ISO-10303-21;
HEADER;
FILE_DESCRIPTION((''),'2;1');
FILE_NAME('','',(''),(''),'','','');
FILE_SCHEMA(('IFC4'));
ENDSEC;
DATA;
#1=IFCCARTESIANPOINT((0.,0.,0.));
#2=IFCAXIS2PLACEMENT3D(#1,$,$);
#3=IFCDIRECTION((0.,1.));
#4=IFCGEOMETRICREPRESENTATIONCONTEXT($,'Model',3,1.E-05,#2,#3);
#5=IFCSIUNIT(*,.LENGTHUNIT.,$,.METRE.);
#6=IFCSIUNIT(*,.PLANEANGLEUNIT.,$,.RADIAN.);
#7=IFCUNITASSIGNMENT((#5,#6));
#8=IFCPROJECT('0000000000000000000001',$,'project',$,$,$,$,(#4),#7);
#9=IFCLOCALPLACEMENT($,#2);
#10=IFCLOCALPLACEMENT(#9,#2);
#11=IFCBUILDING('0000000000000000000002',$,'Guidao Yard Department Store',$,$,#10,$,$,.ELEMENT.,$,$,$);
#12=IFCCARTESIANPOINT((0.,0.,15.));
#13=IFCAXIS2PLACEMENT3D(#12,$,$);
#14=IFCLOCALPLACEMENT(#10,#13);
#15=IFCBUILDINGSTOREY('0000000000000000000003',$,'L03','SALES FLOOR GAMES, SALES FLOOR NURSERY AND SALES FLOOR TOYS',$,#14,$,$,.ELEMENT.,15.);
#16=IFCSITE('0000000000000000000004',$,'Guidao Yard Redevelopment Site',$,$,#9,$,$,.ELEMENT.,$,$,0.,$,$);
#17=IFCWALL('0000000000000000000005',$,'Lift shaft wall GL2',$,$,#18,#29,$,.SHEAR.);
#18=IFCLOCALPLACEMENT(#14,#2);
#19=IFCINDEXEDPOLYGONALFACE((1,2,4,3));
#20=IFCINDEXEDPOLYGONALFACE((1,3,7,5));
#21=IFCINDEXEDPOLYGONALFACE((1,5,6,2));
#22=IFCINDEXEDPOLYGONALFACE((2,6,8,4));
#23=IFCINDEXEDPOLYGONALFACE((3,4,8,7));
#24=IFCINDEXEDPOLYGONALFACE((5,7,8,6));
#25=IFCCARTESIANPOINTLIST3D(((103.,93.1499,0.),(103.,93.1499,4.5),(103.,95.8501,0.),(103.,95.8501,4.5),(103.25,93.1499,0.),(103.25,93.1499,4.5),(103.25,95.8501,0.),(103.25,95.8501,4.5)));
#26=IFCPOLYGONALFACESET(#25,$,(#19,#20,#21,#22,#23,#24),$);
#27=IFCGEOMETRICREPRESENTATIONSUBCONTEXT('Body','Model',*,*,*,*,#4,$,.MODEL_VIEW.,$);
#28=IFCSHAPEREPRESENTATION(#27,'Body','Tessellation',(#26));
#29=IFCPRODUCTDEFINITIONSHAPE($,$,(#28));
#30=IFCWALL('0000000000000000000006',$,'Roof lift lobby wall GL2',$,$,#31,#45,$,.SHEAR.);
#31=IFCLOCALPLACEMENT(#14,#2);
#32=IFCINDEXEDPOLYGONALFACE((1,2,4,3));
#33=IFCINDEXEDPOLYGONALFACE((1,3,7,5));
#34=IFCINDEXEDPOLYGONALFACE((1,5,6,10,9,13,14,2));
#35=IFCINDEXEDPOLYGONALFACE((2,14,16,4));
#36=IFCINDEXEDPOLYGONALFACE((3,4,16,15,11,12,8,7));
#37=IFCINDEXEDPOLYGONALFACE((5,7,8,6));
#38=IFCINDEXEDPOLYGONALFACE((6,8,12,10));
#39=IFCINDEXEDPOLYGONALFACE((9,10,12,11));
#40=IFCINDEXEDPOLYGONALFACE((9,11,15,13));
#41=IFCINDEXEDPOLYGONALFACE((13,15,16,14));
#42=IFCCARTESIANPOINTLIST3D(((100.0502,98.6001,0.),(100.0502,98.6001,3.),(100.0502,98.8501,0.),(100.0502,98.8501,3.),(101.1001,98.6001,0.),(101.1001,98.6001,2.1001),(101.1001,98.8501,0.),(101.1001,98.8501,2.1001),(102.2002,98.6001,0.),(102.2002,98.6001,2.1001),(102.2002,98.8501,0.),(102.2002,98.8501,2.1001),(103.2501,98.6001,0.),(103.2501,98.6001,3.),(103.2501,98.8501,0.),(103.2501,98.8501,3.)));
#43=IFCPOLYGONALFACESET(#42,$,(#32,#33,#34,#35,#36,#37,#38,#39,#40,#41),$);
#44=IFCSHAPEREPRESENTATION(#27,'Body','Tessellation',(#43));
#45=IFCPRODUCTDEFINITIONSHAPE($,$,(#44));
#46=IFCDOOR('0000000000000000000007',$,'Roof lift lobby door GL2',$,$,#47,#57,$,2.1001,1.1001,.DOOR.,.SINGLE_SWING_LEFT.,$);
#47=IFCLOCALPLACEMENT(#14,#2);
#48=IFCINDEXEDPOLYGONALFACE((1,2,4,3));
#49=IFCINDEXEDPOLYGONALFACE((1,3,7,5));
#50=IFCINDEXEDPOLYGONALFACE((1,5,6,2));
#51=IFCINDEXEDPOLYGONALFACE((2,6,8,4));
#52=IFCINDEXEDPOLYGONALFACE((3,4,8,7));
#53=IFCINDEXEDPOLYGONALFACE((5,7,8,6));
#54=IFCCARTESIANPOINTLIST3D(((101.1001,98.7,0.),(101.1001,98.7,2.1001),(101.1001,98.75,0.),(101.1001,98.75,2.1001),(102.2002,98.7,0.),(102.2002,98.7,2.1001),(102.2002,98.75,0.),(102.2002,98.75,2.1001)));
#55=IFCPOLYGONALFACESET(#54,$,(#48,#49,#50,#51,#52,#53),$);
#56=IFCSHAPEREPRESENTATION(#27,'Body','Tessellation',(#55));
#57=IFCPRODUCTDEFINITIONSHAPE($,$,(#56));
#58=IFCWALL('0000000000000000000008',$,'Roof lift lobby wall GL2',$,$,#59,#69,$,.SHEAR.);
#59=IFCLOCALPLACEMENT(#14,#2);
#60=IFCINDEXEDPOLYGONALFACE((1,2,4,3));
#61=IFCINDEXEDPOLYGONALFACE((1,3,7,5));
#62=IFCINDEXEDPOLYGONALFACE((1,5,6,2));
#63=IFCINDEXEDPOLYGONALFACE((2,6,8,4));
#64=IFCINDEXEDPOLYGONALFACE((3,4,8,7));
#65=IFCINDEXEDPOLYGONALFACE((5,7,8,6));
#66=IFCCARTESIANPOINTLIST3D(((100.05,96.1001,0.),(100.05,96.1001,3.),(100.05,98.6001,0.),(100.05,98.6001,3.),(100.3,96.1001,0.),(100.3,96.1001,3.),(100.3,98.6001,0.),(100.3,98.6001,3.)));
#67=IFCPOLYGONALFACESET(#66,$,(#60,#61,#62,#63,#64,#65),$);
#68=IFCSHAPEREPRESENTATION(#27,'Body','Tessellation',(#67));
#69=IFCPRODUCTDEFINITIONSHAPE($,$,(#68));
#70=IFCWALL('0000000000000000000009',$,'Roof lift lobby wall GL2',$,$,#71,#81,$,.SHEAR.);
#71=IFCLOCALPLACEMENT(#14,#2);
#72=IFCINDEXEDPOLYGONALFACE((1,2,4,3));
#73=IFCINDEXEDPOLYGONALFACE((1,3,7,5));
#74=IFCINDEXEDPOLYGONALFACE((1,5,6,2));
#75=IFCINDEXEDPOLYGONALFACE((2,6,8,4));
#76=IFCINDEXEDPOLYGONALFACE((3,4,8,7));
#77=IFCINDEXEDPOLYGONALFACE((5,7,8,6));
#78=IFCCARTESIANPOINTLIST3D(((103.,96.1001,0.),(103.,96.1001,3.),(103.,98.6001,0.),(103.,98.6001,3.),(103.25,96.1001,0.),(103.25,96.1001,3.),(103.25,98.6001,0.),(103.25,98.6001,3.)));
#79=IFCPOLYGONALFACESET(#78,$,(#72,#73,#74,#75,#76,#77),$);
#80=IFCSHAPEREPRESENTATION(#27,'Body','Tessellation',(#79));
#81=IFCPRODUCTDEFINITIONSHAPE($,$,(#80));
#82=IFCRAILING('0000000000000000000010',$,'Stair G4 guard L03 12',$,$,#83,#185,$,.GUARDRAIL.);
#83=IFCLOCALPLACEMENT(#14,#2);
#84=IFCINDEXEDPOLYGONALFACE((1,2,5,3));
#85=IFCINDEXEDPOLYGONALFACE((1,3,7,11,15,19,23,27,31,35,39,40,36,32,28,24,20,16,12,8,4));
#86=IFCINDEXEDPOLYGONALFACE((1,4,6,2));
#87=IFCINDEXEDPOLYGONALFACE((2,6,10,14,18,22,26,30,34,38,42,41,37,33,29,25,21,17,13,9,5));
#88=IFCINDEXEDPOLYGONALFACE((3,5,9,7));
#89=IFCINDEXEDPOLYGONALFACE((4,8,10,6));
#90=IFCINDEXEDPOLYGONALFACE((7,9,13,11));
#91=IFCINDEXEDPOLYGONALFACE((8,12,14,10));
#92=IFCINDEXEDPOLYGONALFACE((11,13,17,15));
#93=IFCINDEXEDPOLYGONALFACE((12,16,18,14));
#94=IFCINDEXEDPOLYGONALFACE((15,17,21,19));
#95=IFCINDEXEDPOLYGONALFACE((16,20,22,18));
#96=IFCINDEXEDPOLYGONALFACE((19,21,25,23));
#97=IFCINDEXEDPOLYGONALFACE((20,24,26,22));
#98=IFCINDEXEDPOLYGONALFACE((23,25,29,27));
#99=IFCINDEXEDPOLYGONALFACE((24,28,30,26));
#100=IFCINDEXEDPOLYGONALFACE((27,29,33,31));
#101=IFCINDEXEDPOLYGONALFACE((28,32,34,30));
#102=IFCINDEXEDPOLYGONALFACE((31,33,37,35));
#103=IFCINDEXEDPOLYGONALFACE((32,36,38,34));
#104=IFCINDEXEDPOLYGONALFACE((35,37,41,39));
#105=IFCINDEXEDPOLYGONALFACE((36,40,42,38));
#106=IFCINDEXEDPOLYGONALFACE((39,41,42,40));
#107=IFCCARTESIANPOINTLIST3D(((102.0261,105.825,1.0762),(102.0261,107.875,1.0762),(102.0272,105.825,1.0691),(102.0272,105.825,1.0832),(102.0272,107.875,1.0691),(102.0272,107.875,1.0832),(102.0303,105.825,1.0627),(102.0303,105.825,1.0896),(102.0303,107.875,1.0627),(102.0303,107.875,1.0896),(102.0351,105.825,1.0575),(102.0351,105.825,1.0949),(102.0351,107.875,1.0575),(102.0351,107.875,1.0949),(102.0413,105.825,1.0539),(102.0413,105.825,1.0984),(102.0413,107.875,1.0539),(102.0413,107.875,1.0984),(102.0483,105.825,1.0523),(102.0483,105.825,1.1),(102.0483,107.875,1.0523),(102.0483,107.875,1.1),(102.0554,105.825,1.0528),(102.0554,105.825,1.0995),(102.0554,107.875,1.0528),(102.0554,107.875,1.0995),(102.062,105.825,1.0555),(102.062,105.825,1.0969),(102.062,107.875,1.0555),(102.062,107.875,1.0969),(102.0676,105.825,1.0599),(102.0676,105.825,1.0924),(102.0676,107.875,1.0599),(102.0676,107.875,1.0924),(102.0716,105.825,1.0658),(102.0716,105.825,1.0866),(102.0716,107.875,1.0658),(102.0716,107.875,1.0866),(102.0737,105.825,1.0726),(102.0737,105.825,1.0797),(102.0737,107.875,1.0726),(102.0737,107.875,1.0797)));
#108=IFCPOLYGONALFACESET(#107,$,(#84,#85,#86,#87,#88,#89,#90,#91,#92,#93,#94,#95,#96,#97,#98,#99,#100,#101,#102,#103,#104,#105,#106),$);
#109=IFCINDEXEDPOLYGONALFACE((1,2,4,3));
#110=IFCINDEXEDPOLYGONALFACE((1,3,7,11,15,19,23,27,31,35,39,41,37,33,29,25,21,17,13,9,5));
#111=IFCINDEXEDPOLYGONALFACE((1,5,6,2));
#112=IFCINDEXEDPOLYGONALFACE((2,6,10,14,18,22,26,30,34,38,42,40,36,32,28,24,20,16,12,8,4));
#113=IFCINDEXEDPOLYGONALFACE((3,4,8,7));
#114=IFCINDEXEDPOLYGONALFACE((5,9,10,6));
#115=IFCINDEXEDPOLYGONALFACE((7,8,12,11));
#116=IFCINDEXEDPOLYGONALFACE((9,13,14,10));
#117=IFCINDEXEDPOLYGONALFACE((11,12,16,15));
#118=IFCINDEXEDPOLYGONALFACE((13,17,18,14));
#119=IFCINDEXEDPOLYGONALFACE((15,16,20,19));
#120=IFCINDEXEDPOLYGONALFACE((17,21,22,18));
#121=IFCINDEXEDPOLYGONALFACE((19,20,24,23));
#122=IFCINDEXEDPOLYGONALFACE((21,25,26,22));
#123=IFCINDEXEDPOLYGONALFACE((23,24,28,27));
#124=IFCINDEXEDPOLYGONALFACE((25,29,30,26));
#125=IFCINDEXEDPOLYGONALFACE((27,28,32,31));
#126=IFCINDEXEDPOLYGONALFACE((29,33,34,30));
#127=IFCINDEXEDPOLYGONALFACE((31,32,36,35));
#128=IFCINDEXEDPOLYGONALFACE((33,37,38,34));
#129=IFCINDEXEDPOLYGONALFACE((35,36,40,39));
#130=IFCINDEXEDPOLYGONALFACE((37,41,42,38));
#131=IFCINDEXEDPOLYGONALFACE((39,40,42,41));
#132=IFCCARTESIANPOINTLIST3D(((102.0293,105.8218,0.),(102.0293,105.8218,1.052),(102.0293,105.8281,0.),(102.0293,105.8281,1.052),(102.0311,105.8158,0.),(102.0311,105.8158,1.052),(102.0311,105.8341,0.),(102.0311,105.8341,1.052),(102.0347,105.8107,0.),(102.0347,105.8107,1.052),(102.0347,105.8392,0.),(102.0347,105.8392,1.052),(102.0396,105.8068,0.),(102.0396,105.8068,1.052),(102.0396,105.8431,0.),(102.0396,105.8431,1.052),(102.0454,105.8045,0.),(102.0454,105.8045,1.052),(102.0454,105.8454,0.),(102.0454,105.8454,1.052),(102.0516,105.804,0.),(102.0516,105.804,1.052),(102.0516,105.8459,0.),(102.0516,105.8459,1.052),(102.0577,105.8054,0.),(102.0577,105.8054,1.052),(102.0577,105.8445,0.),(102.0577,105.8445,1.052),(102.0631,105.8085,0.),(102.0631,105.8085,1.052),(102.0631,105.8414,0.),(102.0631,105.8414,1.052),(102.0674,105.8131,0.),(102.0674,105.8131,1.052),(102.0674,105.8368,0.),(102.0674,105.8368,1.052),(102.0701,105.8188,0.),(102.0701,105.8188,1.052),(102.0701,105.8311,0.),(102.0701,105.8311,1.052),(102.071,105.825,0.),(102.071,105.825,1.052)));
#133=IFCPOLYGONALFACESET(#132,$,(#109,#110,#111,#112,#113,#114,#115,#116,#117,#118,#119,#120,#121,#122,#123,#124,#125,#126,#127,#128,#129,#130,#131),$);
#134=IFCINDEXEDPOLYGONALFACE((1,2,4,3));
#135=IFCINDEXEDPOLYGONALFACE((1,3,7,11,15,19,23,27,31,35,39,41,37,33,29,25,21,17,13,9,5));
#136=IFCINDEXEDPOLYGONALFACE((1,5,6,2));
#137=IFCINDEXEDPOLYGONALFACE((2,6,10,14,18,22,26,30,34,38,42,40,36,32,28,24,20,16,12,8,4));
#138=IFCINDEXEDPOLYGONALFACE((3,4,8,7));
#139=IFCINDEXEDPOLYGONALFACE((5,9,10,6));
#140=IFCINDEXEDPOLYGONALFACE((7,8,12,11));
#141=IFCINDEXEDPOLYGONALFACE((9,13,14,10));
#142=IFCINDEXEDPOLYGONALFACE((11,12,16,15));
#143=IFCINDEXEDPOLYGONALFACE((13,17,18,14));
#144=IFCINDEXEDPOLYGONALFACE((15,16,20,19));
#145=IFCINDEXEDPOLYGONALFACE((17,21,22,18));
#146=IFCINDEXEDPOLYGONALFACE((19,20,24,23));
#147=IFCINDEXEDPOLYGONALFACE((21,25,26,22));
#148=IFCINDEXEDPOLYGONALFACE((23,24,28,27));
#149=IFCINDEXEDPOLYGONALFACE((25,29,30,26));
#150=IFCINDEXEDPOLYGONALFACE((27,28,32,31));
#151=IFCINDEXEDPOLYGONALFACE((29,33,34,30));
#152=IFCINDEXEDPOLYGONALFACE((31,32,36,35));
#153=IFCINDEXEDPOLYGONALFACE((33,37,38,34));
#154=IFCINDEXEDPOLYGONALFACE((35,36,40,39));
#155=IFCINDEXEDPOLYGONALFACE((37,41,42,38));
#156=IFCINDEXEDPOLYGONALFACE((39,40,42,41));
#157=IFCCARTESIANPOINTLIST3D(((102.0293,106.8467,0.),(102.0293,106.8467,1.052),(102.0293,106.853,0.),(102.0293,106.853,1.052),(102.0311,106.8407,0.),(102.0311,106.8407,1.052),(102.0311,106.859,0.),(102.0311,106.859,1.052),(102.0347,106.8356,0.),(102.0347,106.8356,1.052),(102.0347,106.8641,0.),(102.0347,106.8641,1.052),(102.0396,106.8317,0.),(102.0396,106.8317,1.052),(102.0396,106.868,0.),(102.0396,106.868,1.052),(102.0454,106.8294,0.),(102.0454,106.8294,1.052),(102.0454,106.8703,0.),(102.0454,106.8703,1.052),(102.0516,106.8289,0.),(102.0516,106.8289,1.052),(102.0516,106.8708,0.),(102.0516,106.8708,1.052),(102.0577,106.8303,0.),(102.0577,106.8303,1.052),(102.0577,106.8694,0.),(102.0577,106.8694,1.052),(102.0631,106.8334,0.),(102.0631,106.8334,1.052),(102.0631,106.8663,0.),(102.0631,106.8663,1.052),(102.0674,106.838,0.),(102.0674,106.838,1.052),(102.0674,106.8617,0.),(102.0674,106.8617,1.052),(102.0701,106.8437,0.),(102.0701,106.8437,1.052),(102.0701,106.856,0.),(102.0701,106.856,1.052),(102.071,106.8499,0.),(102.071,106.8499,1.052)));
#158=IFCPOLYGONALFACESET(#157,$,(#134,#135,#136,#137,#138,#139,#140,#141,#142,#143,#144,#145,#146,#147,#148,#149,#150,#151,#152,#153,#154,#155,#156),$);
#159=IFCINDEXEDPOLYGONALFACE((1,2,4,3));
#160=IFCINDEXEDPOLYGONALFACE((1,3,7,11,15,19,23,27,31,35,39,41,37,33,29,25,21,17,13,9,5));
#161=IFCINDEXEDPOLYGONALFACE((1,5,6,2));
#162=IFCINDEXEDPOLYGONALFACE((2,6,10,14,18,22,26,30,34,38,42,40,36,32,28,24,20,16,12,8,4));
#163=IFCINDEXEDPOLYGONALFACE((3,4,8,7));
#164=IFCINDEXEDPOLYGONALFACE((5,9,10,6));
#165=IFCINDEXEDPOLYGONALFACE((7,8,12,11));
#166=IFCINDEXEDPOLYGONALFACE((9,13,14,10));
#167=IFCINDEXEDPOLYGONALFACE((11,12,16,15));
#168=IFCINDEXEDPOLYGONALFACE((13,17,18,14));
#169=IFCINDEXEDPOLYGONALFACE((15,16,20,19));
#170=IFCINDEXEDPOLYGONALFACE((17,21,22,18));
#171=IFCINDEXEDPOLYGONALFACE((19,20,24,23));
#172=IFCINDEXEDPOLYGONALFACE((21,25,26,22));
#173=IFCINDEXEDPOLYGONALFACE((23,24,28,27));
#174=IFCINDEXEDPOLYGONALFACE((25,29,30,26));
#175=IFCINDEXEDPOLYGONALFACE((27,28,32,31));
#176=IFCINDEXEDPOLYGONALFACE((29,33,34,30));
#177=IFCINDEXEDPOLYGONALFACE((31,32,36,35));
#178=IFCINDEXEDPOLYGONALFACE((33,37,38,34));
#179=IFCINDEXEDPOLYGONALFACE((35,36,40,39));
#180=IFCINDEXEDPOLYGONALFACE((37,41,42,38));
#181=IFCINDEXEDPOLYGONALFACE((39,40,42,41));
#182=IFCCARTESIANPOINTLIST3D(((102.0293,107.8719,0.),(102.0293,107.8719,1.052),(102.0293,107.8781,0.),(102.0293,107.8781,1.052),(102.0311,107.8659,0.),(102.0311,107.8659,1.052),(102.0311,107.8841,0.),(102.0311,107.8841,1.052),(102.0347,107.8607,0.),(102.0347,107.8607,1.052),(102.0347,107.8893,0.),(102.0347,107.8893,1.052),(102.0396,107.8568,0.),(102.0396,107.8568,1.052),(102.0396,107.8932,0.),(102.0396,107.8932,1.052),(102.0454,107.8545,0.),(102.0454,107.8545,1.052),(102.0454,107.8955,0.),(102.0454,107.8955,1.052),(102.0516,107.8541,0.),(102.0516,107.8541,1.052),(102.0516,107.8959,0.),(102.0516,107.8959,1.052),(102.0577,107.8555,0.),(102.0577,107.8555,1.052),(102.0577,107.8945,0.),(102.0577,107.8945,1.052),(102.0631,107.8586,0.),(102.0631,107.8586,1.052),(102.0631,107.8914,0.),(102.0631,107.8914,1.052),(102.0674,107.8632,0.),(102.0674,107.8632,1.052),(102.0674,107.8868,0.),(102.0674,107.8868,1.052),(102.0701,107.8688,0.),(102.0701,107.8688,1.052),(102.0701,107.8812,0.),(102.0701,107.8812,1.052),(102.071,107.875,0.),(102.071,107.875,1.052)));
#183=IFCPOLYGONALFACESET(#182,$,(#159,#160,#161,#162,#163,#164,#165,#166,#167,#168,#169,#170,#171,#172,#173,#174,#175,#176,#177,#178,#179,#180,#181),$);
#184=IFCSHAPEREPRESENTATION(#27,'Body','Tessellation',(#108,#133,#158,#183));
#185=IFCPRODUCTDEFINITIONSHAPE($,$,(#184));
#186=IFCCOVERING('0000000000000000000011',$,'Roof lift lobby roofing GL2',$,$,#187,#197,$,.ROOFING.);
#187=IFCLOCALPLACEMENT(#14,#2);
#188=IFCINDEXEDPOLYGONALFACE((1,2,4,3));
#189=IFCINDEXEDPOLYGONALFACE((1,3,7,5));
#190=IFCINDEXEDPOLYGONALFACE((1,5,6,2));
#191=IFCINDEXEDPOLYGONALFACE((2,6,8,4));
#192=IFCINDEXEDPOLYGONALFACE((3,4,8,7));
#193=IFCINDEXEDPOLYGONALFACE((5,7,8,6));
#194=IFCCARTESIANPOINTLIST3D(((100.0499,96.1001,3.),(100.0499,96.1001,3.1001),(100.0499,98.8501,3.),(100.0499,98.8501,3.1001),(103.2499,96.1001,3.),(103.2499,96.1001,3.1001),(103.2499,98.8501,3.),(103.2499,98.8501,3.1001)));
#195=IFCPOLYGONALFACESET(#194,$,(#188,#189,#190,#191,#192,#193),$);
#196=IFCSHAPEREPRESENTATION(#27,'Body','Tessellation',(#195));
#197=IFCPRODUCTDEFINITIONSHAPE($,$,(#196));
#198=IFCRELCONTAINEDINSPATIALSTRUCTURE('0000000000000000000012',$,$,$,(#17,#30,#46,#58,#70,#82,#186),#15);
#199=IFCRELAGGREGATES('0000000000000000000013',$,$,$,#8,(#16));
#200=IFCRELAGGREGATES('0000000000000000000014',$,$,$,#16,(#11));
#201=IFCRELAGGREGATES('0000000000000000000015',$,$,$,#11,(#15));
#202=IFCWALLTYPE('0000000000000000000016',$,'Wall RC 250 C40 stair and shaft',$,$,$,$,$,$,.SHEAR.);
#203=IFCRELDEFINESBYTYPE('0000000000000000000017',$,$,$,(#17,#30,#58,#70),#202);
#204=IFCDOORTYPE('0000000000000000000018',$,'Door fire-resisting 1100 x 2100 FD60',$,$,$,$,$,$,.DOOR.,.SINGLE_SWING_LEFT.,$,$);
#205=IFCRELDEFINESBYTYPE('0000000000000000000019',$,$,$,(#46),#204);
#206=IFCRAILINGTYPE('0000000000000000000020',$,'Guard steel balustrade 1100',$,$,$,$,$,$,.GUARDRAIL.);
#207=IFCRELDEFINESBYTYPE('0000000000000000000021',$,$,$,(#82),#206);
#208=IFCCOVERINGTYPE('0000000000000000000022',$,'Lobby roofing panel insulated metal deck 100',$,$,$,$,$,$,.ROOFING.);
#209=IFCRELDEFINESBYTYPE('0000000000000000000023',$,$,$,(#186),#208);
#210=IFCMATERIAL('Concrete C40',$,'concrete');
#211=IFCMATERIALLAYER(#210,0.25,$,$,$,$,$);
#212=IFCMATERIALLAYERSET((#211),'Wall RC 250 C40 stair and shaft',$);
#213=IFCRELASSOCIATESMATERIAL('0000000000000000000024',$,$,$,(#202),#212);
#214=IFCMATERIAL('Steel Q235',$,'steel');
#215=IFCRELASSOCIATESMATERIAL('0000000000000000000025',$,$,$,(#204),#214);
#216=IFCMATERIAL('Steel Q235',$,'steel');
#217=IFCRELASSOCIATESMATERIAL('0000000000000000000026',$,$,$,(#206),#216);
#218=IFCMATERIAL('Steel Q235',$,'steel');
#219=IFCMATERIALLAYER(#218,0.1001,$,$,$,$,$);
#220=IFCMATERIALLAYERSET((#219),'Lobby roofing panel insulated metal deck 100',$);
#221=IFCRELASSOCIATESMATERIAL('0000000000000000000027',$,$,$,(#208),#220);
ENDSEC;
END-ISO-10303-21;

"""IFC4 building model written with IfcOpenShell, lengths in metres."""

from ifc_helpers import new_model, si_unit, direction, frame, frame_2d, origin, origin_2d, place, context, subcontext, project, spatial, rectangle, circle, extrude, material, layer, layer_set, type_object, element, fill, save


model = new_model("IFC4")

# Units and contexts
model_context = context("Model", 3, precision=1e-05, world=origin(), true_north=direction((0.0, 1.0)))
body_context = subcontext(model_context, "Body", "Model", "MODEL_VIEW")
ifc_project = project(units=[si_unit("LENGTHUNIT", "METRE"), si_unit("PLANEANGLEUNIT", "RADIAN")], contexts=[model_context])

# Site, building, storey
site_placement = place(None, origin())
site = spatial("IfcSite", under=ifc_project, at=site_placement, Name="Guidao Yard Redevelopment Site", CompositionType="ELEMENT", RefElevation=0.0)
building_placement = place(site_placement, origin())
building = spatial("IfcBuilding", under=site, at=building_placement, Name="Guidao Yard Department Store", CompositionType="ELEMENT")
storey_placement = place(building_placement, frame((0.0, 0.0, 15.0)))
storey = spatial("IfcBuildingStorey", under=building, at=storey_placement, Name="L03", Description="SALES FLOOR GAMES, SALES FLOOR NURSERY AND SALES FLOOR TOYS", CompositionType="ELEMENT", Elevation=15.0)

# Shared definitions
ifc_material_1 = material(Name="Concrete C40", Category="concrete")
ifc_layer_1 = layer(ifc_material_1, 0.25)
ifc_layer_set_1 = layer_set([ifc_layer_1], Name="Wall RC 250 C40 stair and shaft")
wall_type_1 = type_object("IfcWallType", Name="Wall RC 250 C40 stair and shaft", PredefinedType="SHEAR", material=ifc_layer_set_1)

# Wall
for number, where, z_axis, x_axis, name in (
    (1, (103.125, 93.1499, 0.0), (0.0, 0.0, 1.0), (0.0, 1.0, 0.0), "Lift shaft wall GL2"),
):
    element("IfcWall", number, at=place(storey_placement, frame(where, z_axis=z_axis, x_axis=x_axis)), inside=storey, type_object=wall_type_1, Name=name, PredefinedType="SHEAR", context=body_context, shape_type="SweptSolid", body=[
        extrude(rectangle(XDim=2.7002, YDim=0.25, at=frame_2d((1.3501, 0.0))), origin(), (0.0, 0.0, 1.0), 4.5),
    ])

# Wall, opening, door
wall_1_placement = place(storey_placement, frame((100.05, 98.7251, 0.0), z_axis=(0.0, 0.0, 1.0), x_axis=(1.0, 0.0, 0.0)))
wall_1 = element("IfcWall", 2, at=wall_1_placement, inside=storey, type_object=wall_type_1, Name="Roof lift lobby wall GL2", PredefinedType="SHEAR", context=body_context, shape_type="SweptSolid", body=[
    extrude(rectangle(XDim=3.2, YDim=0.25, at=frame_2d((1.6001, 0.0))), origin(), (0.0, 0.0, 1.0), 3.0),
])
opening_1_placement = place(wall_1_placement, frame((1.05, 0.0, 0.0)))
opening_1 = element("IfcOpeningElement", 3, at=opening_1_placement, cuts=wall_1, PredefinedType="OPENING", context=body_context, shape_type="SweptSolid", body=[
    extrude(rectangle(XDim=1.1001, YDim=2.1001, at=frame_2d((0.55, 1.05))), frame((0.0, 0.135, 0.0), z_axis=(0.0, -1.0, 0.0), x_axis=(1.0, 0.0, 0.0)), (0.0, 0.0, 1.0), 0.27),
])
ifc_material_2 = material(Name="Steel Q235", Category="steel")
door_type_1 = type_object("IfcDoorType", Name="Door fire-resisting 1100 x 2100 FD60", OperationType="SINGLE_SWING_LEFT", PredefinedType="DOOR", material=ifc_material_2)
door_1_placement = place(opening_1_placement, origin())
door_1 = element("IfcDoor", 4, at=door_1_placement, inside=storey, type_object=door_type_1, Name="Roof lift lobby door GL2", OperationType="SINGLE_SWING_LEFT", OverallHeight=2.1001, OverallWidth=1.1001, PredefinedType="DOOR", context=body_context, shape_type="SweptSolid", body=[
    extrude(rectangle(XDim=1.1001, YDim=2.1001, at=frame_2d((0.55, 1.05))), frame((0.0, 0.0249, 0.0), z_axis=(0.0, -1.0, 0.0), x_axis=(1.0, 0.0, 0.0)), (0.0, 0.0, 1.0), 0.05),
])
fill(opening_1, door_1)

# Walls
for number, where, z_axis, x_axis, name in (
    (5, (100.175, 96.1001, 0.0), (0.0, 0.0, 1.0), (0.0, 1.0, 0.0), "Roof lift lobby wall GL2"),
    (6, (103.125, 96.1001, 0.0), (0.0, 0.0, 1.0), (0.0, 1.0, 0.0), "Roof lift lobby wall GL2"),
):
    element("IfcWall", number, at=place(storey_placement, frame(where, z_axis=z_axis, x_axis=x_axis)), inside=storey, type_object=wall_type_1, Name=name, PredefinedType="SHEAR", context=body_context, shape_type="SweptSolid", body=[
        extrude(rectangle(XDim=2.5, YDim=0.25, at=frame_2d((1.25, 0.0))), origin(), (0.0, 0.0, 1.0), 3.0),
    ])

# Railing
ifc_material_3 = material(Name="Steel Q235", Category="steel")
railing_type = type_object("IfcRailingType", Name="Guard steel balustrade 1100", PredefinedType="GUARDRAIL", material=ifc_material_3)
railing_placement = place(storey_placement, frame((102.05, 105.825, 0.0)))
element("IfcRailing", 7, at=railing_placement, inside=storey, type_object=railing_type, Name="Stair G4 guard L03 12", PredefinedType="GUARDRAIL", context=body_context, shape_type="SweptSolid", body=[
    extrude(circle(Radius=0.0239, at=origin_2d()), frame((0.0, 0.0, 1.0762), z_axis=(0.0, 1.0, 0.0), x_axis=(-1.0, 0.0, 0.0)), (0.0, 0.0, 1.0), 2.05),
    extrude(circle(Radius=0.021, at=origin_2d()), origin(), (0.0, 0.0, 1.0), 1.052),
    extrude(circle(Radius=0.021, at=origin_2d()), frame((0.0, 1.0249, 0.0)), (0.0, 0.0, 1.0), 1.052),
    extrude(circle(Radius=0.021, at=origin_2d()), frame((0.0, 2.05, 0.0)), (0.0, 0.0, 1.0), 1.052),
])

# Covering
ifc_material_4 = material(Name="Steel Q235", Category="steel")
ifc_layer_2 = layer(ifc_material_4, 0.1001)
ifc_layer_set_2 = layer_set([ifc_layer_2], Name="Lobby roofing panel insulated metal deck 100")
covering_type = type_object("IfcCoveringType", Name="Lobby roofing panel insulated metal deck 100", PredefinedType="ROOFING", material=ifc_layer_set_2)
covering_placement = place(storey_placement, frame((101.6499, 97.4751, 3.0), z_axis=(0.0, 0.0, 1.0), x_axis=(1.0, 0.0, 0.0)))
element("IfcCovering", 8, at=covering_placement, inside=storey, type_object=covering_type, Name="Roof lift lobby roofing GL2", PredefinedType="ROOFING", context=body_context, shape_type="SweptSolid", body=[
    extrude(rectangle(XDim=3.2, YDim=2.75, at=origin_2d()), origin(), (0.0, 0.0, 1.0), 0.1001),
])

save(model, "model.ifc")
